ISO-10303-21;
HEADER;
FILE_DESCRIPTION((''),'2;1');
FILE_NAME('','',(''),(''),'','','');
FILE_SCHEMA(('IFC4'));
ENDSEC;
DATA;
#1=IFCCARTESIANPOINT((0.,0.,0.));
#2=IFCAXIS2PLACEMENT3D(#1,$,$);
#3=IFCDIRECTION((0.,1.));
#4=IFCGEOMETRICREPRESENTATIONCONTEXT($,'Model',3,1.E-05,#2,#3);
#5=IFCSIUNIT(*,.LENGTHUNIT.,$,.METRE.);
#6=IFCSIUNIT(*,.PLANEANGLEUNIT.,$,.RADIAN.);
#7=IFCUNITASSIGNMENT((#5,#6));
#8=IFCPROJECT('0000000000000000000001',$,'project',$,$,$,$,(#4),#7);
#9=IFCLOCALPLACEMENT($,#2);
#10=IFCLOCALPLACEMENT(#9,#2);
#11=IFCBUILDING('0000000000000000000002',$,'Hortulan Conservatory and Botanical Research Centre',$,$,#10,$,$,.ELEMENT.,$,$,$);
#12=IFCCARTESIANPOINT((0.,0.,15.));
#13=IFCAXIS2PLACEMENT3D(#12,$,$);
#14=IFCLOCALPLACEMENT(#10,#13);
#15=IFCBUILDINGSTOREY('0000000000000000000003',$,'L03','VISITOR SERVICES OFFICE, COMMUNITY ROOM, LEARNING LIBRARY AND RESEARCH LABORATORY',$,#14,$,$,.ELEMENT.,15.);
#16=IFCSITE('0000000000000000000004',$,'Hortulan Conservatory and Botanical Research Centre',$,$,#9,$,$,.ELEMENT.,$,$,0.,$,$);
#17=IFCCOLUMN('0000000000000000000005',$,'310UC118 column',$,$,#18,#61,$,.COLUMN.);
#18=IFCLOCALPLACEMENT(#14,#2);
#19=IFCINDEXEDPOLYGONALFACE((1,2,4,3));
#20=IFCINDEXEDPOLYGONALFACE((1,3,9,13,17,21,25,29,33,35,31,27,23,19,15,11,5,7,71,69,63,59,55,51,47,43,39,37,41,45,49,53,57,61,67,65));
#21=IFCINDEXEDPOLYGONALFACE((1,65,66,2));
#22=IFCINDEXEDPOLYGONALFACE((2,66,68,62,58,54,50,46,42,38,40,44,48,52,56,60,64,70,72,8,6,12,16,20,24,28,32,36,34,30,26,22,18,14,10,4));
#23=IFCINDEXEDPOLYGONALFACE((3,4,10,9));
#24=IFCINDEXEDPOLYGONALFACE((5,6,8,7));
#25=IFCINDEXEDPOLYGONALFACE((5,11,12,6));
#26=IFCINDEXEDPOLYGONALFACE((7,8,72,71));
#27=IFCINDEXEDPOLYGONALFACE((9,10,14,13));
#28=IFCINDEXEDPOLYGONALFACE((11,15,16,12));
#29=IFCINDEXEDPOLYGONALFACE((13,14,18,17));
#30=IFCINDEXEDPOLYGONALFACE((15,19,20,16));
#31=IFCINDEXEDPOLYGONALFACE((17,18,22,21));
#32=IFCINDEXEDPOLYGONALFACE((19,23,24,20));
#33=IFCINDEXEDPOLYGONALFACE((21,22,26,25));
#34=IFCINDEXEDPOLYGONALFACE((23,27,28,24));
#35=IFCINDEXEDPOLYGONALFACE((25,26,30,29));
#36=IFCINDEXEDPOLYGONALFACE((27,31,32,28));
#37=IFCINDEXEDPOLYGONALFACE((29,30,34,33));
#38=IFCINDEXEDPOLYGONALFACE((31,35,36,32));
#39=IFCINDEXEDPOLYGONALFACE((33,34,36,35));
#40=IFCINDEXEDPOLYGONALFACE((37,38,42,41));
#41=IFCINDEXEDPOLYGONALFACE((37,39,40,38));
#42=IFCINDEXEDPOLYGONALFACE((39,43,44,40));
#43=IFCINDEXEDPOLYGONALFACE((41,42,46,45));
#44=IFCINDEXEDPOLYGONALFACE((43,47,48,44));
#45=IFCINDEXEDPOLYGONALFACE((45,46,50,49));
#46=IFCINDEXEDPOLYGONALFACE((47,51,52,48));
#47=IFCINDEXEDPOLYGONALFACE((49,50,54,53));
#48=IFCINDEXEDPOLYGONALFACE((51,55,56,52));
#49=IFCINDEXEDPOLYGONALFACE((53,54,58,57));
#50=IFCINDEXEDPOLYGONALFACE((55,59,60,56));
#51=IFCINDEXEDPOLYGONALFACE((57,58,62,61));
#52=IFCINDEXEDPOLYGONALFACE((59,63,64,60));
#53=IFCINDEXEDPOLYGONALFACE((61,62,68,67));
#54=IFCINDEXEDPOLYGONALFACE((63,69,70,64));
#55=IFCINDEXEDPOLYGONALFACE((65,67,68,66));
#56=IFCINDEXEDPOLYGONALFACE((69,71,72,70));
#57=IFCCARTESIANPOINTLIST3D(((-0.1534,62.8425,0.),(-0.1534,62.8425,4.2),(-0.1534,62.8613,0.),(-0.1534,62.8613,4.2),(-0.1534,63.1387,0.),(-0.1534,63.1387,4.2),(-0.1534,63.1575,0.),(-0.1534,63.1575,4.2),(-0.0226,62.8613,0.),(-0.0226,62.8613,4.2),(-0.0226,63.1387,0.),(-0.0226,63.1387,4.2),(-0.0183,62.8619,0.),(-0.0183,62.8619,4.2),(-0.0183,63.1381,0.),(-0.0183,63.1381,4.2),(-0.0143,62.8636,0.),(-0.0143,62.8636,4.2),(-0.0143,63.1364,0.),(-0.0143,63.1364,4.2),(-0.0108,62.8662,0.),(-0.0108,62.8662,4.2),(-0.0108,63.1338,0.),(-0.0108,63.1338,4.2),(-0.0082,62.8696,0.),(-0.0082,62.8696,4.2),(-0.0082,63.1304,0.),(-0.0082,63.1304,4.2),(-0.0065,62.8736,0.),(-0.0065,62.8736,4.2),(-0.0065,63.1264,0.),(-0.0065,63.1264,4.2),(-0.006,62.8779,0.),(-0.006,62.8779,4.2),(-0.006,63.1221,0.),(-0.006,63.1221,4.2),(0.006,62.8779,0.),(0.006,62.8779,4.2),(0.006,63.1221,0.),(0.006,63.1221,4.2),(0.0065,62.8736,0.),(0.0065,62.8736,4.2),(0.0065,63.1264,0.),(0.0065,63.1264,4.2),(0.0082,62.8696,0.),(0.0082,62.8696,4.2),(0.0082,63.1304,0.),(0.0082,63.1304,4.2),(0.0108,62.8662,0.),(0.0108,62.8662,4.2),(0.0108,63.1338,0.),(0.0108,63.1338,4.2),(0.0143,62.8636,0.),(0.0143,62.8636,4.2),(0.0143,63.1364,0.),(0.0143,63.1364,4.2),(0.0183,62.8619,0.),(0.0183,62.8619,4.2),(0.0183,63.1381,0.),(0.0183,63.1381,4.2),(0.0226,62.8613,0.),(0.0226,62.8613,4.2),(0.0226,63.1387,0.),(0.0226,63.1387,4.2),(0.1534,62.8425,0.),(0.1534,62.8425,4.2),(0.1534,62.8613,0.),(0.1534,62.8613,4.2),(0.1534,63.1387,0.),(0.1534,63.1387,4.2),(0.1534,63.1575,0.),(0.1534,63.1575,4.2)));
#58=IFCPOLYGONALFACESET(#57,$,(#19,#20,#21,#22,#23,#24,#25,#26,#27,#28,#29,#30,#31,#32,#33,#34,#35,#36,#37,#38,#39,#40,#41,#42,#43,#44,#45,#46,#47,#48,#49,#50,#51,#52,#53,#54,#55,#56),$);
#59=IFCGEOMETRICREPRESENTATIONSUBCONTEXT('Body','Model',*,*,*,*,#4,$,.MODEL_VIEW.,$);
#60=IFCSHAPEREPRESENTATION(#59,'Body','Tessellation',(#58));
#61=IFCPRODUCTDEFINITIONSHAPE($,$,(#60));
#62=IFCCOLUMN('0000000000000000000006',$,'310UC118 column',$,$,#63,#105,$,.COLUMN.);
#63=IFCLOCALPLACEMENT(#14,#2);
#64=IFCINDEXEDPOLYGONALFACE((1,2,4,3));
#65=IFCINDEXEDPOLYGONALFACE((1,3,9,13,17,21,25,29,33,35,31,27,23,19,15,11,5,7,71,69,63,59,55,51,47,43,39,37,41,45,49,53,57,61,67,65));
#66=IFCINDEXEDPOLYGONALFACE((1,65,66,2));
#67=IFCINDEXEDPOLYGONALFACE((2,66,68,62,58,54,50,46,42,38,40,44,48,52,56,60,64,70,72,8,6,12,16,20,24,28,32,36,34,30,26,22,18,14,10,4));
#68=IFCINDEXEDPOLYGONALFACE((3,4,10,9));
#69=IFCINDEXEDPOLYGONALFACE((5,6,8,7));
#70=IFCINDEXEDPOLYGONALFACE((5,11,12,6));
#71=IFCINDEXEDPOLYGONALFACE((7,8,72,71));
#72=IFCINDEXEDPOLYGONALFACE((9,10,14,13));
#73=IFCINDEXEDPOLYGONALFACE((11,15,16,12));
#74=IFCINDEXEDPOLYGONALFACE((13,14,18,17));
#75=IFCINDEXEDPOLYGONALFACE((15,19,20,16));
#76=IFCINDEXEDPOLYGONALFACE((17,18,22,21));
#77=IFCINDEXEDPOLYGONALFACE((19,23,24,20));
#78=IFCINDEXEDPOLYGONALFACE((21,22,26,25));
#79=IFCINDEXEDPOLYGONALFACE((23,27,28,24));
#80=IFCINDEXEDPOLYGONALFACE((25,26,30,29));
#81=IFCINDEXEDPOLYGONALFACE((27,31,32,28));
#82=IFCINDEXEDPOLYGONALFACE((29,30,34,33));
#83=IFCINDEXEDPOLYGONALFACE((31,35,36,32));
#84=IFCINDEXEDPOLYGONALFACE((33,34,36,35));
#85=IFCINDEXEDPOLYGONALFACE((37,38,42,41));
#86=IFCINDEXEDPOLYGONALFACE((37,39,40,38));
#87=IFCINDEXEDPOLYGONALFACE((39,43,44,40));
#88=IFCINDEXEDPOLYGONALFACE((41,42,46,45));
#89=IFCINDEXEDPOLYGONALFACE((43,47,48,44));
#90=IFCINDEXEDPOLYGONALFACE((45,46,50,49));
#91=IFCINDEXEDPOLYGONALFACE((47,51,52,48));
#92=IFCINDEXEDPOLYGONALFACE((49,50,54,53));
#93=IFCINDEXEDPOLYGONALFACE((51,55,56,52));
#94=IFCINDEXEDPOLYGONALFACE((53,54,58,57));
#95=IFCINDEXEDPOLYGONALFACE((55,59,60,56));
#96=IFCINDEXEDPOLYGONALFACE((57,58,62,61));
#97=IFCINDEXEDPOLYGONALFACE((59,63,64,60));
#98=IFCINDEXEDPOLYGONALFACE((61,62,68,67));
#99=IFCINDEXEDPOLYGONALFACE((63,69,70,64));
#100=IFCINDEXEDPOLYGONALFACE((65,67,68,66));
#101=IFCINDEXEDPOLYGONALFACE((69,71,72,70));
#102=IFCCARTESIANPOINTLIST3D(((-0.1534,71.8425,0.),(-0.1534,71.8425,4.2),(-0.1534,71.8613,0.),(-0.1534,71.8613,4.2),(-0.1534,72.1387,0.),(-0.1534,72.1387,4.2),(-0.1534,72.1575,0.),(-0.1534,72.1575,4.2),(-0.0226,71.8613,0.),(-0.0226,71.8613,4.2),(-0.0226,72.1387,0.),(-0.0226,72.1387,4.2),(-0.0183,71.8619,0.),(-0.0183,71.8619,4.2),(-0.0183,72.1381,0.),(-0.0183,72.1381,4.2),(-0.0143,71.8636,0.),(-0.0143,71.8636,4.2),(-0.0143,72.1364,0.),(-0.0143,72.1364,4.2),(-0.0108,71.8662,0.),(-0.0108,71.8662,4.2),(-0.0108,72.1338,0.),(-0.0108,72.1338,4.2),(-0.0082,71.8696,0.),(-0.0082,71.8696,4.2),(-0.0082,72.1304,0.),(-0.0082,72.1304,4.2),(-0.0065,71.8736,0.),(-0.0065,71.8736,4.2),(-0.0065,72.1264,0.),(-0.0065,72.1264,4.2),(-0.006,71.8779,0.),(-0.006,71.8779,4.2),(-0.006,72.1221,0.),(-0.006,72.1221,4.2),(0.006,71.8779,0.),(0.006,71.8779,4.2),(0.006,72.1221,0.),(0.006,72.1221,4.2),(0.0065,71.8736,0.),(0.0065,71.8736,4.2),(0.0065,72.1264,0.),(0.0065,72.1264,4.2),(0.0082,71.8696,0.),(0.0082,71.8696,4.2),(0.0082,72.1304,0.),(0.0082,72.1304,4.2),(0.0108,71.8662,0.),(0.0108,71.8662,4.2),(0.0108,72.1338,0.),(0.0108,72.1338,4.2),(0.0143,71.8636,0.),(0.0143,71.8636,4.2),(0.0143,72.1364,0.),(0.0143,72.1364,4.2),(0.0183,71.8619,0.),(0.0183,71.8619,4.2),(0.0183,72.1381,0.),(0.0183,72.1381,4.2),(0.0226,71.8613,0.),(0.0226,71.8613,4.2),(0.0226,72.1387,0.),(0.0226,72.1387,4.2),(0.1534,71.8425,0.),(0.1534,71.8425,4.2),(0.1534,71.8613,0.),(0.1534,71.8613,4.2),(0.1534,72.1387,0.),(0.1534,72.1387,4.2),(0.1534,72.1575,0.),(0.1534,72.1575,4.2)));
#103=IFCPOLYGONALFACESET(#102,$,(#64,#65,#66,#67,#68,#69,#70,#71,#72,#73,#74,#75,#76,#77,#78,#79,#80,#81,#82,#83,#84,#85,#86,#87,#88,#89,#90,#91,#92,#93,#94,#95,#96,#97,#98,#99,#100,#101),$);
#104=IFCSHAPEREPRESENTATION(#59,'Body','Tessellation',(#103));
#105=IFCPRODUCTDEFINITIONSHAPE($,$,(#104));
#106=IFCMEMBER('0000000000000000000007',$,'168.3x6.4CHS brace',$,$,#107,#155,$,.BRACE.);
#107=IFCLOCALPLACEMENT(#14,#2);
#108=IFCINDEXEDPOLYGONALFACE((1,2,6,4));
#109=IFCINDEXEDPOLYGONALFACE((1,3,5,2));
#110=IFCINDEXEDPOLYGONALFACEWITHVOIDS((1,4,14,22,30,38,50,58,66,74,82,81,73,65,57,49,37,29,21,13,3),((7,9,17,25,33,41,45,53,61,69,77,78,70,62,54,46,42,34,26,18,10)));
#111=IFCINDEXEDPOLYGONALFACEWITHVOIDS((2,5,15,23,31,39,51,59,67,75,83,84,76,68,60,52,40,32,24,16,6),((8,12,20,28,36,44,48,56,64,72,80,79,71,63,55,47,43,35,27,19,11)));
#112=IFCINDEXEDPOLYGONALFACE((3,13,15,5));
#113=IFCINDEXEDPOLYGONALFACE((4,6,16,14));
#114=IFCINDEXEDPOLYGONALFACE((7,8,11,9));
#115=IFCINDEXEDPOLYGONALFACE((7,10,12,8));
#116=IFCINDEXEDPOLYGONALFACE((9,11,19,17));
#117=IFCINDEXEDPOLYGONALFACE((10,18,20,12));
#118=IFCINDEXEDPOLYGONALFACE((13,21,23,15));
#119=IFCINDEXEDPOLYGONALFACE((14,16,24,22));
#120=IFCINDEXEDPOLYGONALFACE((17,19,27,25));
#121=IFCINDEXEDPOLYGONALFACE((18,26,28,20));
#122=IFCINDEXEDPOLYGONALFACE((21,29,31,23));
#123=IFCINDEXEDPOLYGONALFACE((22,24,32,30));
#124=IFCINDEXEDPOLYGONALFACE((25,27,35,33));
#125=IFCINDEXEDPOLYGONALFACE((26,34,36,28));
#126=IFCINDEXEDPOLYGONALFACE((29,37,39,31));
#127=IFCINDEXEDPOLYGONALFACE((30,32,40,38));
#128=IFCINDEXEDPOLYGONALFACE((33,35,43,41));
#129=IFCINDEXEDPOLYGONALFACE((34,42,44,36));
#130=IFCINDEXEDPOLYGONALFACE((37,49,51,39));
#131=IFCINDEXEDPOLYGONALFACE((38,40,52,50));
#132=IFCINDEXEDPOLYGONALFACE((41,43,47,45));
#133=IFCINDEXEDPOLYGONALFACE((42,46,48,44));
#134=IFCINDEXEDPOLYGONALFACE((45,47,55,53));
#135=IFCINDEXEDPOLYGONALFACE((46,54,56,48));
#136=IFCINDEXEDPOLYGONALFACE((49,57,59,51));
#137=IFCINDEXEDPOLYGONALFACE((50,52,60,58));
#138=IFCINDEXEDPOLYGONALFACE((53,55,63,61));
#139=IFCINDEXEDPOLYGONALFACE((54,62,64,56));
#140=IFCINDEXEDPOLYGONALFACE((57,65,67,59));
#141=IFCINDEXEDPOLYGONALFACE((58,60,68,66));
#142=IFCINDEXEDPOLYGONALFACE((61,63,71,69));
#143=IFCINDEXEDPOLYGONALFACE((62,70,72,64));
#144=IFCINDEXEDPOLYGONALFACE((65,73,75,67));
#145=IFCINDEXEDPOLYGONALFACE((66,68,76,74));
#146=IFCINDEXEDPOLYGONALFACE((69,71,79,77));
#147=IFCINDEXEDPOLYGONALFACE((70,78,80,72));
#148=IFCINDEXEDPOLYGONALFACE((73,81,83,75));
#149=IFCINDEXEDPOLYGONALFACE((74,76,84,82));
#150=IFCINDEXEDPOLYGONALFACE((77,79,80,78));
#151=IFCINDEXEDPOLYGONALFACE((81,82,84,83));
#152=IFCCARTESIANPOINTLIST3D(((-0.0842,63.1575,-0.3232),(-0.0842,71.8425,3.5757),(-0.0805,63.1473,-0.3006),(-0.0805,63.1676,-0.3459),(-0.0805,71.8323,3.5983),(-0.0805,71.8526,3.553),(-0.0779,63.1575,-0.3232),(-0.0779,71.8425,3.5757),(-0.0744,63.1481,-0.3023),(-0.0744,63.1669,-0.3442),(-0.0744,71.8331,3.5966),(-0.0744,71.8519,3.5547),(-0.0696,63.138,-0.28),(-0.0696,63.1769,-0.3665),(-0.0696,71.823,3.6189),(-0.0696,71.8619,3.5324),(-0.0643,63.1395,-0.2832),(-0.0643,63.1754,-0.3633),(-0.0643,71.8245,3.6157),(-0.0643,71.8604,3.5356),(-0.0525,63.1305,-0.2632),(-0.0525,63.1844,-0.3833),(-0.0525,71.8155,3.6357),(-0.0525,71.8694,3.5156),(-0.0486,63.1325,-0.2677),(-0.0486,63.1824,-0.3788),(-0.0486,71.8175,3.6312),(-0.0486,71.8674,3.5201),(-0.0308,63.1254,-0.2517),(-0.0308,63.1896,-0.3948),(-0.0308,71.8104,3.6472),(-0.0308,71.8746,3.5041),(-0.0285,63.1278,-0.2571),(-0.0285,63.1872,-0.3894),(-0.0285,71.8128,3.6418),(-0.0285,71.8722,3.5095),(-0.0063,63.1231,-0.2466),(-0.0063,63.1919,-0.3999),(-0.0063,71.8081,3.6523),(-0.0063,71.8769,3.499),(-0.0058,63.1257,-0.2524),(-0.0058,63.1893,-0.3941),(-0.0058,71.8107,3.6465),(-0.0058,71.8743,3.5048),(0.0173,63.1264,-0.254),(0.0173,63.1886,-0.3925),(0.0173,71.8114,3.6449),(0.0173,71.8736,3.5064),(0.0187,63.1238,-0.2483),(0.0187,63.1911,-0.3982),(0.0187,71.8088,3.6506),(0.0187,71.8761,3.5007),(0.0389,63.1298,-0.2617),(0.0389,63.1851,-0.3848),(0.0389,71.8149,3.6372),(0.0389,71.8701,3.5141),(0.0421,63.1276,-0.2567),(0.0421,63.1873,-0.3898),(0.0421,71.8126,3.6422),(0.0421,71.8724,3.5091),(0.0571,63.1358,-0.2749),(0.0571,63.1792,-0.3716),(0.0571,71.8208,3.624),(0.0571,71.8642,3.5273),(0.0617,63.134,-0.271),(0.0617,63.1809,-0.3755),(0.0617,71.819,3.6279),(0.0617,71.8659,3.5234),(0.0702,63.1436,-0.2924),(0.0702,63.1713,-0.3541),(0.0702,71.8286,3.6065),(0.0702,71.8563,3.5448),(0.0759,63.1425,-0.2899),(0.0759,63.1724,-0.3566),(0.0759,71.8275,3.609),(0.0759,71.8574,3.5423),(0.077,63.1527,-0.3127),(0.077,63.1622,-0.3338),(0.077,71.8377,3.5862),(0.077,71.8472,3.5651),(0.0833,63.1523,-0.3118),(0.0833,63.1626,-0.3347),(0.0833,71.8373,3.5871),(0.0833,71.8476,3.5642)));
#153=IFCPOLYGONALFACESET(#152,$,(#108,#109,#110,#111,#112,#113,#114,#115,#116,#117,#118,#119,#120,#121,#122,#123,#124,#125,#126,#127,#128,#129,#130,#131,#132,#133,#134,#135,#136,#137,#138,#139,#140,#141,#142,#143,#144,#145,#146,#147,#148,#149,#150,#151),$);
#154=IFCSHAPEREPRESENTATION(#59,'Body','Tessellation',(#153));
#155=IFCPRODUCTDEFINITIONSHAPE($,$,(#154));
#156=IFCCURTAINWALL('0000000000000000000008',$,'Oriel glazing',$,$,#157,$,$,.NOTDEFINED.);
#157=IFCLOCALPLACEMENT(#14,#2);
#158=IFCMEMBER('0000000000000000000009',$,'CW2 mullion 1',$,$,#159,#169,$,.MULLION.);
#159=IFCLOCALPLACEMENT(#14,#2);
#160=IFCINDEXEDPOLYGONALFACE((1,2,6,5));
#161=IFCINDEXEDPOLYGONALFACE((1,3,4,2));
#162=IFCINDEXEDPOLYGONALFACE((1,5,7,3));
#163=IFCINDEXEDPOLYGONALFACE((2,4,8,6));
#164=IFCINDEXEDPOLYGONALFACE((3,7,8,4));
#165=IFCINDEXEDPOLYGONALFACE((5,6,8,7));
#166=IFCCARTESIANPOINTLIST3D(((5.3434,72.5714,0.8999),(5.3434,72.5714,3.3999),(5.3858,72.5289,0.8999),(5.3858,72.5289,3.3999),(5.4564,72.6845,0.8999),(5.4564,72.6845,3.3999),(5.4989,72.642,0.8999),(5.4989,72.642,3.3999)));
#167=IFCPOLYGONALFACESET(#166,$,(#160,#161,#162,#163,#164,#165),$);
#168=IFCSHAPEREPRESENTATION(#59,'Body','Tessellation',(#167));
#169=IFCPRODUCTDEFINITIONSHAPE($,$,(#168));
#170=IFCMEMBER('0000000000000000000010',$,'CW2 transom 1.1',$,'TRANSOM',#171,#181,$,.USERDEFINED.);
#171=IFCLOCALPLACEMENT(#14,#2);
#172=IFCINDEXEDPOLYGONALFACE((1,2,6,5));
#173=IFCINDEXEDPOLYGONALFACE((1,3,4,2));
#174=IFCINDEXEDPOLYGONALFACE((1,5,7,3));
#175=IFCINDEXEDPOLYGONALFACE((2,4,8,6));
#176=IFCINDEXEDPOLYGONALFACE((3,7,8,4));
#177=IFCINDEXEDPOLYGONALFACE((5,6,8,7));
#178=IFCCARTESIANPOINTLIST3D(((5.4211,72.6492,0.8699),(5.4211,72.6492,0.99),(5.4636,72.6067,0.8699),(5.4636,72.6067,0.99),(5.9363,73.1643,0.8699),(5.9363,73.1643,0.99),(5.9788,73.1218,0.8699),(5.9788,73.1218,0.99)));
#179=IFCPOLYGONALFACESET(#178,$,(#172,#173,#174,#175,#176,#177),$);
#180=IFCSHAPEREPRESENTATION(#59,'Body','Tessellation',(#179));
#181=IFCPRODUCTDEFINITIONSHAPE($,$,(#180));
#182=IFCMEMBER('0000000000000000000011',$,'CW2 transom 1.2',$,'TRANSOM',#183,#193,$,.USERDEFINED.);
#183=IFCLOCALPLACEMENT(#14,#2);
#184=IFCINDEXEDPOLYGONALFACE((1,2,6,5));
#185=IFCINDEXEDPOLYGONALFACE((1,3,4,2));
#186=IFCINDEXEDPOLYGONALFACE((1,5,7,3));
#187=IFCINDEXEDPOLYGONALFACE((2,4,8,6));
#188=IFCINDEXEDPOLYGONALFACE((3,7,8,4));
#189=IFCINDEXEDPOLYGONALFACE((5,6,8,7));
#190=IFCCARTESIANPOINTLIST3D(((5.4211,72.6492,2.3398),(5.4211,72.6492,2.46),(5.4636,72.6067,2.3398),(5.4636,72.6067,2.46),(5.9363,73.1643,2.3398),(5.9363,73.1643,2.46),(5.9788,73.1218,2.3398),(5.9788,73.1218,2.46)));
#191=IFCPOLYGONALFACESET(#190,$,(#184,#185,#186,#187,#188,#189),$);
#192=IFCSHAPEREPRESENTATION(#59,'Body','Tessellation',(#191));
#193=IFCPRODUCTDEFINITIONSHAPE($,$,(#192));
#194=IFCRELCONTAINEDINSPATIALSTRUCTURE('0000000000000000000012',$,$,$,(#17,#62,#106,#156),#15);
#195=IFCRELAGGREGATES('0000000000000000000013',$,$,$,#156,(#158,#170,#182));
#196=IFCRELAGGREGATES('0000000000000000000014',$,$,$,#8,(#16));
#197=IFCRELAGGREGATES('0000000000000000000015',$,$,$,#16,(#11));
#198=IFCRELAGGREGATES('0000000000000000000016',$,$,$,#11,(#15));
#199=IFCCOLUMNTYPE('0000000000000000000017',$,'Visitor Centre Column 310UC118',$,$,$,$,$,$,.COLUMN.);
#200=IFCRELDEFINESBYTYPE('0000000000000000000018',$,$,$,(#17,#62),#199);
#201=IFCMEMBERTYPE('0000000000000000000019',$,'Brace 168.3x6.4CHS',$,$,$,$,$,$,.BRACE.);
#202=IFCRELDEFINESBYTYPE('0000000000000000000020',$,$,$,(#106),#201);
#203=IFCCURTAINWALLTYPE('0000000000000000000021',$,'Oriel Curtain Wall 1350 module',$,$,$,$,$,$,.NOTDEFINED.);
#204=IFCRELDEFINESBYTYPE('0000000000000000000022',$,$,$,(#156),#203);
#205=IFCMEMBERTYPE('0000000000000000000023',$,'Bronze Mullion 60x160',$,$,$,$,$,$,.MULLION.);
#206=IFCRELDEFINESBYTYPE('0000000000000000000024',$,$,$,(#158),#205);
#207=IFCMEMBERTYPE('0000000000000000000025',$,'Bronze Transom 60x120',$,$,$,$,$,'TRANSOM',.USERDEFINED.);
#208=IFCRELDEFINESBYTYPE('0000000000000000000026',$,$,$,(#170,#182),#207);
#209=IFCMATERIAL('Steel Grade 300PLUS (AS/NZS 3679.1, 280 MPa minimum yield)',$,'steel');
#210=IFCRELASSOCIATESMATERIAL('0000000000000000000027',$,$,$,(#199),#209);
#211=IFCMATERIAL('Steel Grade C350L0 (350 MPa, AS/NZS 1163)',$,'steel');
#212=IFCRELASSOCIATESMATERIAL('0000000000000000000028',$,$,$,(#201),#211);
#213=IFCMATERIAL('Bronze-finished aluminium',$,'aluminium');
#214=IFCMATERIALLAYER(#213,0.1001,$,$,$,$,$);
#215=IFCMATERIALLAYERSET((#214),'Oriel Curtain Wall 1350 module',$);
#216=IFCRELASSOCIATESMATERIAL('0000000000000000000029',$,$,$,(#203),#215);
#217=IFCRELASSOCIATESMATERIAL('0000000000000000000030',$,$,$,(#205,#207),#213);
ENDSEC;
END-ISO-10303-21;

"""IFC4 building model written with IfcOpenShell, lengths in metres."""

from ifc_helpers import new_model, si_unit, direction, frame, origin, origin_2d, place, context, subcontext, project, spatial, rectangle, hollow_circle, i_section, extrude, material, layer, layer_set, material_profile, profile_set, type_object, element, aggregate, save


model = new_model("IFC4")

# Units and contexts
model_context = context("Model", 3, precision=1e-05, world=origin(), true_north=direction((0.0, 1.0)))
body_context = subcontext(model_context, "Body", "Model", "MODEL_VIEW")
ifc_project = project(units=[si_unit("LENGTHUNIT", "METRE"), si_unit("PLANEANGLEUNIT", "RADIAN")], contexts=[model_context])

# Site, building, storey
site_placement = place(None, origin())
site = spatial("IfcSite", under=ifc_project, at=site_placement, Name="Hortulan Conservatory and Botanical Research Centre", CompositionType="ELEMENT", RefElevation=0.0)
building_placement = place(site_placement, origin())
building = spatial("IfcBuilding", under=site, at=building_placement, Name="Hortulan Conservatory and Botanical Research Centre", CompositionType="ELEMENT")
storey_placement = place(building_placement, frame((0.0, 0.0, 15.0)))
storey = spatial("IfcBuildingStorey", under=building, at=storey_placement, Name="L03", Description="VISITOR SERVICES OFFICE, COMMUNITY ROOM, LEARNING LIBRARY AND RESEARCH LABORATORY", CompositionType="ELEMENT", Elevation=15.0)

# Columns
ifc_material_1 = material(Name="Steel Grade 300PLUS (AS/NZS 3679.1, 280 MPa minimum yield)", Category="steel")
ifc_material_profile_1 = material_profile(ifc_material_1, i_section(OverallWidth=0.3069, OverallDepth=0.3149, WebThickness=0.012, FlangeThickness=0.0188, FilletRadius=0.0166, at=origin_2d()), Name="310UC118")
ifc_profile_set_1 = profile_set([ifc_material_profile_1], Name="Steel Grade 300PLUS (AS/NZS 3679.1, 280 MPa minimum yield)")
column_type = type_object("IfcColumnType", Name="Visitor Centre Column 310UC118", PredefinedType="COLUMN", material=ifc_profile_set_1)
for number, where, z_axis, x_axis, name in (
    (1, (0.0, 63.0, 0.0), (0.0, 0.0, 1.0), (1.0, 0.0, 0.0), "310UC118 column"),
    (2, (0.0, 72.0, 0.0), (0.0, 0.0, 1.0), (1.0, 0.0, 0.0), "310UC118 column"),
):
    element("IfcColumn", number, at=place(storey_placement, frame(where, z_axis=z_axis, x_axis=x_axis)), inside=storey, type_object=column_type, Name=name, PredefinedType="COLUMN", context=body_context, shape_type="SweptSolid", body=[
        extrude(i_section(OverallWidth=0.3069, OverallDepth=0.3149, WebThickness=0.012, FlangeThickness=0.0188, FilletRadius=0.0166, at=origin_2d()), origin(), (0.0, 0.0, 1.0), 4.2),
    ])

# Member
ifc_material_2 = material(Name="Steel Grade C350L0 (350 MPa, AS/NZS 1163)", Category="steel")
ifc_material_profile_2 = material_profile(ifc_material_2, hollow_circle(Radius=0.0842, WallThickness=0.0063, at=origin_2d()), Name="168.3x6.4CHS")
ifc_profile_set_2 = profile_set([ifc_material_profile_2], Name="Steel Grade C350L0 (350 MPa, AS/NZS 1163)")
member_type_1 = type_object("IfcMemberType", Name="Brace 168.3x6.4CHS", PredefinedType="BRACE", material=ifc_profile_set_2)
member_1_placement = place(storey_placement, frame((0.0, 63.1575, -0.3232), z_axis=(0.0, 0.912289, 0.409548), x_axis=(-1.0, 0.0, 0.0)))
element("IfcMember", 3, at=member_1_placement, inside=storey, type_object=member_type_1, Name="168.3x6.4CHS brace", PredefinedType="BRACE", context=body_context, shape_type="SweptSolid", body=[
    extrude(hollow_circle(Radius=0.0842, WallThickness=0.0063, at=origin_2d()), origin(), (0.0, 0.0, 1.0), 9.52),
])

# Curtain wall, members
ifc_material_3 = material(Name="Bronze-finished aluminium", Category="aluminium")
ifc_layer_1 = layer(ifc_material_3, 0.1001)
ifc_layer_set_1 = layer_set([ifc_layer_1], Name="Oriel Curtain Wall 1350 module")
curtain_wall_type = type_object("IfcCurtainWallType", Name="Oriel Curtain Wall 1350 module", PredefinedType="NOTDEFINED", material=ifc_layer_set_1)
curtain_wall_placement = place(storey_placement, origin())
curtain_wall = element("IfcCurtainWall", 4, at=curtain_wall_placement, inside=storey, type_object=curtain_wall_type, Name="Oriel glazing", PredefinedType="NOTDEFINED")
ifc_material_profile_3 = material_profile(ifc_material_3, rectangle(XDim=0.0601, YDim=0.1599, at=origin_2d()), Name="Bronze Mullion 60x160")
ifc_profile_set_3 = profile_set([ifc_material_profile_3], Name="Bronze-finished aluminium")
member_type_2 = type_object("IfcMemberType", Name="Bronze Mullion 60x160", PredefinedType="MULLION", material=ifc_profile_set_3)
member_2_placement = place(storey_placement, frame((5.4211, 72.6067, 0.8999), z_axis=(0.0, 0.0, 1.0), x_axis=(-0.707107, 0.707107, 0.0)))
member_2 = element("IfcMember", 5, at=member_2_placement, type_object=member_type_2, Name="CW2 mullion 1", PredefinedType="MULLION", context=body_context, shape_type="SweptSolid", body=[
    extrude(rectangle(XDim=0.0601, YDim=0.1599, at=origin_2d()), origin(), (0.0, 0.0, 1.0), 2.5),
])
ifc_material_profile_4 = material_profile(ifc_material_3, rectangle(XDim=0.0601, YDim=0.1201, at=origin_2d()), Name="Bronze Transom 60x120")
ifc_profile_set_4 = profile_set([ifc_material_profile_4], Name="Bronze-finished aluminium")
member_type_3 = type_object("IfcMemberType", Name="Bronze Transom 60x120", ElementType="TRANSOM", PredefinedType="USERDEFINED", material=ifc_profile_set_4)
member_3_placement = place(storey_placement, frame((5.4424, 72.6279, 0.9299), z_axis=(0.707107, 0.707107, 0.0), x_axis=(-0.707107, 0.707107, 0.0)))
member_3 = element("IfcMember", 6, at=member_3_placement, type_object=member_type_3, Name="CW2 transom 1.1", ObjectType="TRANSOM", PredefinedType="USERDEFINED", context=body_context, shape_type="SweptSolid", body=[
    extrude(rectangle(XDim=0.0601, YDim=0.1201, at=origin_2d()), origin(), (0.0, 0.0, 1.0), 0.7285),
])
member_4_placement = place(storey_placement, frame((5.4424, 72.6279, 2.3999), z_axis=(0.707107, 0.707107, 0.0), x_axis=(-0.707107, 0.707107, 0.0)))
member_4 = element("IfcMember", 7, at=member_4_placement, type_object=member_type_3, Name="CW2 transom 1.2", ObjectType="TRANSOM", PredefinedType="USERDEFINED", context=body_context, shape_type="SweptSolid", body=[
    extrude(rectangle(XDim=0.0601, YDim=0.1201, at=origin_2d()), origin(), (0.0, 0.0, 1.0), 0.7285),
])
aggregate(curtain_wall, [member_2, member_3, member_4])

save(model, "model.ifc")
